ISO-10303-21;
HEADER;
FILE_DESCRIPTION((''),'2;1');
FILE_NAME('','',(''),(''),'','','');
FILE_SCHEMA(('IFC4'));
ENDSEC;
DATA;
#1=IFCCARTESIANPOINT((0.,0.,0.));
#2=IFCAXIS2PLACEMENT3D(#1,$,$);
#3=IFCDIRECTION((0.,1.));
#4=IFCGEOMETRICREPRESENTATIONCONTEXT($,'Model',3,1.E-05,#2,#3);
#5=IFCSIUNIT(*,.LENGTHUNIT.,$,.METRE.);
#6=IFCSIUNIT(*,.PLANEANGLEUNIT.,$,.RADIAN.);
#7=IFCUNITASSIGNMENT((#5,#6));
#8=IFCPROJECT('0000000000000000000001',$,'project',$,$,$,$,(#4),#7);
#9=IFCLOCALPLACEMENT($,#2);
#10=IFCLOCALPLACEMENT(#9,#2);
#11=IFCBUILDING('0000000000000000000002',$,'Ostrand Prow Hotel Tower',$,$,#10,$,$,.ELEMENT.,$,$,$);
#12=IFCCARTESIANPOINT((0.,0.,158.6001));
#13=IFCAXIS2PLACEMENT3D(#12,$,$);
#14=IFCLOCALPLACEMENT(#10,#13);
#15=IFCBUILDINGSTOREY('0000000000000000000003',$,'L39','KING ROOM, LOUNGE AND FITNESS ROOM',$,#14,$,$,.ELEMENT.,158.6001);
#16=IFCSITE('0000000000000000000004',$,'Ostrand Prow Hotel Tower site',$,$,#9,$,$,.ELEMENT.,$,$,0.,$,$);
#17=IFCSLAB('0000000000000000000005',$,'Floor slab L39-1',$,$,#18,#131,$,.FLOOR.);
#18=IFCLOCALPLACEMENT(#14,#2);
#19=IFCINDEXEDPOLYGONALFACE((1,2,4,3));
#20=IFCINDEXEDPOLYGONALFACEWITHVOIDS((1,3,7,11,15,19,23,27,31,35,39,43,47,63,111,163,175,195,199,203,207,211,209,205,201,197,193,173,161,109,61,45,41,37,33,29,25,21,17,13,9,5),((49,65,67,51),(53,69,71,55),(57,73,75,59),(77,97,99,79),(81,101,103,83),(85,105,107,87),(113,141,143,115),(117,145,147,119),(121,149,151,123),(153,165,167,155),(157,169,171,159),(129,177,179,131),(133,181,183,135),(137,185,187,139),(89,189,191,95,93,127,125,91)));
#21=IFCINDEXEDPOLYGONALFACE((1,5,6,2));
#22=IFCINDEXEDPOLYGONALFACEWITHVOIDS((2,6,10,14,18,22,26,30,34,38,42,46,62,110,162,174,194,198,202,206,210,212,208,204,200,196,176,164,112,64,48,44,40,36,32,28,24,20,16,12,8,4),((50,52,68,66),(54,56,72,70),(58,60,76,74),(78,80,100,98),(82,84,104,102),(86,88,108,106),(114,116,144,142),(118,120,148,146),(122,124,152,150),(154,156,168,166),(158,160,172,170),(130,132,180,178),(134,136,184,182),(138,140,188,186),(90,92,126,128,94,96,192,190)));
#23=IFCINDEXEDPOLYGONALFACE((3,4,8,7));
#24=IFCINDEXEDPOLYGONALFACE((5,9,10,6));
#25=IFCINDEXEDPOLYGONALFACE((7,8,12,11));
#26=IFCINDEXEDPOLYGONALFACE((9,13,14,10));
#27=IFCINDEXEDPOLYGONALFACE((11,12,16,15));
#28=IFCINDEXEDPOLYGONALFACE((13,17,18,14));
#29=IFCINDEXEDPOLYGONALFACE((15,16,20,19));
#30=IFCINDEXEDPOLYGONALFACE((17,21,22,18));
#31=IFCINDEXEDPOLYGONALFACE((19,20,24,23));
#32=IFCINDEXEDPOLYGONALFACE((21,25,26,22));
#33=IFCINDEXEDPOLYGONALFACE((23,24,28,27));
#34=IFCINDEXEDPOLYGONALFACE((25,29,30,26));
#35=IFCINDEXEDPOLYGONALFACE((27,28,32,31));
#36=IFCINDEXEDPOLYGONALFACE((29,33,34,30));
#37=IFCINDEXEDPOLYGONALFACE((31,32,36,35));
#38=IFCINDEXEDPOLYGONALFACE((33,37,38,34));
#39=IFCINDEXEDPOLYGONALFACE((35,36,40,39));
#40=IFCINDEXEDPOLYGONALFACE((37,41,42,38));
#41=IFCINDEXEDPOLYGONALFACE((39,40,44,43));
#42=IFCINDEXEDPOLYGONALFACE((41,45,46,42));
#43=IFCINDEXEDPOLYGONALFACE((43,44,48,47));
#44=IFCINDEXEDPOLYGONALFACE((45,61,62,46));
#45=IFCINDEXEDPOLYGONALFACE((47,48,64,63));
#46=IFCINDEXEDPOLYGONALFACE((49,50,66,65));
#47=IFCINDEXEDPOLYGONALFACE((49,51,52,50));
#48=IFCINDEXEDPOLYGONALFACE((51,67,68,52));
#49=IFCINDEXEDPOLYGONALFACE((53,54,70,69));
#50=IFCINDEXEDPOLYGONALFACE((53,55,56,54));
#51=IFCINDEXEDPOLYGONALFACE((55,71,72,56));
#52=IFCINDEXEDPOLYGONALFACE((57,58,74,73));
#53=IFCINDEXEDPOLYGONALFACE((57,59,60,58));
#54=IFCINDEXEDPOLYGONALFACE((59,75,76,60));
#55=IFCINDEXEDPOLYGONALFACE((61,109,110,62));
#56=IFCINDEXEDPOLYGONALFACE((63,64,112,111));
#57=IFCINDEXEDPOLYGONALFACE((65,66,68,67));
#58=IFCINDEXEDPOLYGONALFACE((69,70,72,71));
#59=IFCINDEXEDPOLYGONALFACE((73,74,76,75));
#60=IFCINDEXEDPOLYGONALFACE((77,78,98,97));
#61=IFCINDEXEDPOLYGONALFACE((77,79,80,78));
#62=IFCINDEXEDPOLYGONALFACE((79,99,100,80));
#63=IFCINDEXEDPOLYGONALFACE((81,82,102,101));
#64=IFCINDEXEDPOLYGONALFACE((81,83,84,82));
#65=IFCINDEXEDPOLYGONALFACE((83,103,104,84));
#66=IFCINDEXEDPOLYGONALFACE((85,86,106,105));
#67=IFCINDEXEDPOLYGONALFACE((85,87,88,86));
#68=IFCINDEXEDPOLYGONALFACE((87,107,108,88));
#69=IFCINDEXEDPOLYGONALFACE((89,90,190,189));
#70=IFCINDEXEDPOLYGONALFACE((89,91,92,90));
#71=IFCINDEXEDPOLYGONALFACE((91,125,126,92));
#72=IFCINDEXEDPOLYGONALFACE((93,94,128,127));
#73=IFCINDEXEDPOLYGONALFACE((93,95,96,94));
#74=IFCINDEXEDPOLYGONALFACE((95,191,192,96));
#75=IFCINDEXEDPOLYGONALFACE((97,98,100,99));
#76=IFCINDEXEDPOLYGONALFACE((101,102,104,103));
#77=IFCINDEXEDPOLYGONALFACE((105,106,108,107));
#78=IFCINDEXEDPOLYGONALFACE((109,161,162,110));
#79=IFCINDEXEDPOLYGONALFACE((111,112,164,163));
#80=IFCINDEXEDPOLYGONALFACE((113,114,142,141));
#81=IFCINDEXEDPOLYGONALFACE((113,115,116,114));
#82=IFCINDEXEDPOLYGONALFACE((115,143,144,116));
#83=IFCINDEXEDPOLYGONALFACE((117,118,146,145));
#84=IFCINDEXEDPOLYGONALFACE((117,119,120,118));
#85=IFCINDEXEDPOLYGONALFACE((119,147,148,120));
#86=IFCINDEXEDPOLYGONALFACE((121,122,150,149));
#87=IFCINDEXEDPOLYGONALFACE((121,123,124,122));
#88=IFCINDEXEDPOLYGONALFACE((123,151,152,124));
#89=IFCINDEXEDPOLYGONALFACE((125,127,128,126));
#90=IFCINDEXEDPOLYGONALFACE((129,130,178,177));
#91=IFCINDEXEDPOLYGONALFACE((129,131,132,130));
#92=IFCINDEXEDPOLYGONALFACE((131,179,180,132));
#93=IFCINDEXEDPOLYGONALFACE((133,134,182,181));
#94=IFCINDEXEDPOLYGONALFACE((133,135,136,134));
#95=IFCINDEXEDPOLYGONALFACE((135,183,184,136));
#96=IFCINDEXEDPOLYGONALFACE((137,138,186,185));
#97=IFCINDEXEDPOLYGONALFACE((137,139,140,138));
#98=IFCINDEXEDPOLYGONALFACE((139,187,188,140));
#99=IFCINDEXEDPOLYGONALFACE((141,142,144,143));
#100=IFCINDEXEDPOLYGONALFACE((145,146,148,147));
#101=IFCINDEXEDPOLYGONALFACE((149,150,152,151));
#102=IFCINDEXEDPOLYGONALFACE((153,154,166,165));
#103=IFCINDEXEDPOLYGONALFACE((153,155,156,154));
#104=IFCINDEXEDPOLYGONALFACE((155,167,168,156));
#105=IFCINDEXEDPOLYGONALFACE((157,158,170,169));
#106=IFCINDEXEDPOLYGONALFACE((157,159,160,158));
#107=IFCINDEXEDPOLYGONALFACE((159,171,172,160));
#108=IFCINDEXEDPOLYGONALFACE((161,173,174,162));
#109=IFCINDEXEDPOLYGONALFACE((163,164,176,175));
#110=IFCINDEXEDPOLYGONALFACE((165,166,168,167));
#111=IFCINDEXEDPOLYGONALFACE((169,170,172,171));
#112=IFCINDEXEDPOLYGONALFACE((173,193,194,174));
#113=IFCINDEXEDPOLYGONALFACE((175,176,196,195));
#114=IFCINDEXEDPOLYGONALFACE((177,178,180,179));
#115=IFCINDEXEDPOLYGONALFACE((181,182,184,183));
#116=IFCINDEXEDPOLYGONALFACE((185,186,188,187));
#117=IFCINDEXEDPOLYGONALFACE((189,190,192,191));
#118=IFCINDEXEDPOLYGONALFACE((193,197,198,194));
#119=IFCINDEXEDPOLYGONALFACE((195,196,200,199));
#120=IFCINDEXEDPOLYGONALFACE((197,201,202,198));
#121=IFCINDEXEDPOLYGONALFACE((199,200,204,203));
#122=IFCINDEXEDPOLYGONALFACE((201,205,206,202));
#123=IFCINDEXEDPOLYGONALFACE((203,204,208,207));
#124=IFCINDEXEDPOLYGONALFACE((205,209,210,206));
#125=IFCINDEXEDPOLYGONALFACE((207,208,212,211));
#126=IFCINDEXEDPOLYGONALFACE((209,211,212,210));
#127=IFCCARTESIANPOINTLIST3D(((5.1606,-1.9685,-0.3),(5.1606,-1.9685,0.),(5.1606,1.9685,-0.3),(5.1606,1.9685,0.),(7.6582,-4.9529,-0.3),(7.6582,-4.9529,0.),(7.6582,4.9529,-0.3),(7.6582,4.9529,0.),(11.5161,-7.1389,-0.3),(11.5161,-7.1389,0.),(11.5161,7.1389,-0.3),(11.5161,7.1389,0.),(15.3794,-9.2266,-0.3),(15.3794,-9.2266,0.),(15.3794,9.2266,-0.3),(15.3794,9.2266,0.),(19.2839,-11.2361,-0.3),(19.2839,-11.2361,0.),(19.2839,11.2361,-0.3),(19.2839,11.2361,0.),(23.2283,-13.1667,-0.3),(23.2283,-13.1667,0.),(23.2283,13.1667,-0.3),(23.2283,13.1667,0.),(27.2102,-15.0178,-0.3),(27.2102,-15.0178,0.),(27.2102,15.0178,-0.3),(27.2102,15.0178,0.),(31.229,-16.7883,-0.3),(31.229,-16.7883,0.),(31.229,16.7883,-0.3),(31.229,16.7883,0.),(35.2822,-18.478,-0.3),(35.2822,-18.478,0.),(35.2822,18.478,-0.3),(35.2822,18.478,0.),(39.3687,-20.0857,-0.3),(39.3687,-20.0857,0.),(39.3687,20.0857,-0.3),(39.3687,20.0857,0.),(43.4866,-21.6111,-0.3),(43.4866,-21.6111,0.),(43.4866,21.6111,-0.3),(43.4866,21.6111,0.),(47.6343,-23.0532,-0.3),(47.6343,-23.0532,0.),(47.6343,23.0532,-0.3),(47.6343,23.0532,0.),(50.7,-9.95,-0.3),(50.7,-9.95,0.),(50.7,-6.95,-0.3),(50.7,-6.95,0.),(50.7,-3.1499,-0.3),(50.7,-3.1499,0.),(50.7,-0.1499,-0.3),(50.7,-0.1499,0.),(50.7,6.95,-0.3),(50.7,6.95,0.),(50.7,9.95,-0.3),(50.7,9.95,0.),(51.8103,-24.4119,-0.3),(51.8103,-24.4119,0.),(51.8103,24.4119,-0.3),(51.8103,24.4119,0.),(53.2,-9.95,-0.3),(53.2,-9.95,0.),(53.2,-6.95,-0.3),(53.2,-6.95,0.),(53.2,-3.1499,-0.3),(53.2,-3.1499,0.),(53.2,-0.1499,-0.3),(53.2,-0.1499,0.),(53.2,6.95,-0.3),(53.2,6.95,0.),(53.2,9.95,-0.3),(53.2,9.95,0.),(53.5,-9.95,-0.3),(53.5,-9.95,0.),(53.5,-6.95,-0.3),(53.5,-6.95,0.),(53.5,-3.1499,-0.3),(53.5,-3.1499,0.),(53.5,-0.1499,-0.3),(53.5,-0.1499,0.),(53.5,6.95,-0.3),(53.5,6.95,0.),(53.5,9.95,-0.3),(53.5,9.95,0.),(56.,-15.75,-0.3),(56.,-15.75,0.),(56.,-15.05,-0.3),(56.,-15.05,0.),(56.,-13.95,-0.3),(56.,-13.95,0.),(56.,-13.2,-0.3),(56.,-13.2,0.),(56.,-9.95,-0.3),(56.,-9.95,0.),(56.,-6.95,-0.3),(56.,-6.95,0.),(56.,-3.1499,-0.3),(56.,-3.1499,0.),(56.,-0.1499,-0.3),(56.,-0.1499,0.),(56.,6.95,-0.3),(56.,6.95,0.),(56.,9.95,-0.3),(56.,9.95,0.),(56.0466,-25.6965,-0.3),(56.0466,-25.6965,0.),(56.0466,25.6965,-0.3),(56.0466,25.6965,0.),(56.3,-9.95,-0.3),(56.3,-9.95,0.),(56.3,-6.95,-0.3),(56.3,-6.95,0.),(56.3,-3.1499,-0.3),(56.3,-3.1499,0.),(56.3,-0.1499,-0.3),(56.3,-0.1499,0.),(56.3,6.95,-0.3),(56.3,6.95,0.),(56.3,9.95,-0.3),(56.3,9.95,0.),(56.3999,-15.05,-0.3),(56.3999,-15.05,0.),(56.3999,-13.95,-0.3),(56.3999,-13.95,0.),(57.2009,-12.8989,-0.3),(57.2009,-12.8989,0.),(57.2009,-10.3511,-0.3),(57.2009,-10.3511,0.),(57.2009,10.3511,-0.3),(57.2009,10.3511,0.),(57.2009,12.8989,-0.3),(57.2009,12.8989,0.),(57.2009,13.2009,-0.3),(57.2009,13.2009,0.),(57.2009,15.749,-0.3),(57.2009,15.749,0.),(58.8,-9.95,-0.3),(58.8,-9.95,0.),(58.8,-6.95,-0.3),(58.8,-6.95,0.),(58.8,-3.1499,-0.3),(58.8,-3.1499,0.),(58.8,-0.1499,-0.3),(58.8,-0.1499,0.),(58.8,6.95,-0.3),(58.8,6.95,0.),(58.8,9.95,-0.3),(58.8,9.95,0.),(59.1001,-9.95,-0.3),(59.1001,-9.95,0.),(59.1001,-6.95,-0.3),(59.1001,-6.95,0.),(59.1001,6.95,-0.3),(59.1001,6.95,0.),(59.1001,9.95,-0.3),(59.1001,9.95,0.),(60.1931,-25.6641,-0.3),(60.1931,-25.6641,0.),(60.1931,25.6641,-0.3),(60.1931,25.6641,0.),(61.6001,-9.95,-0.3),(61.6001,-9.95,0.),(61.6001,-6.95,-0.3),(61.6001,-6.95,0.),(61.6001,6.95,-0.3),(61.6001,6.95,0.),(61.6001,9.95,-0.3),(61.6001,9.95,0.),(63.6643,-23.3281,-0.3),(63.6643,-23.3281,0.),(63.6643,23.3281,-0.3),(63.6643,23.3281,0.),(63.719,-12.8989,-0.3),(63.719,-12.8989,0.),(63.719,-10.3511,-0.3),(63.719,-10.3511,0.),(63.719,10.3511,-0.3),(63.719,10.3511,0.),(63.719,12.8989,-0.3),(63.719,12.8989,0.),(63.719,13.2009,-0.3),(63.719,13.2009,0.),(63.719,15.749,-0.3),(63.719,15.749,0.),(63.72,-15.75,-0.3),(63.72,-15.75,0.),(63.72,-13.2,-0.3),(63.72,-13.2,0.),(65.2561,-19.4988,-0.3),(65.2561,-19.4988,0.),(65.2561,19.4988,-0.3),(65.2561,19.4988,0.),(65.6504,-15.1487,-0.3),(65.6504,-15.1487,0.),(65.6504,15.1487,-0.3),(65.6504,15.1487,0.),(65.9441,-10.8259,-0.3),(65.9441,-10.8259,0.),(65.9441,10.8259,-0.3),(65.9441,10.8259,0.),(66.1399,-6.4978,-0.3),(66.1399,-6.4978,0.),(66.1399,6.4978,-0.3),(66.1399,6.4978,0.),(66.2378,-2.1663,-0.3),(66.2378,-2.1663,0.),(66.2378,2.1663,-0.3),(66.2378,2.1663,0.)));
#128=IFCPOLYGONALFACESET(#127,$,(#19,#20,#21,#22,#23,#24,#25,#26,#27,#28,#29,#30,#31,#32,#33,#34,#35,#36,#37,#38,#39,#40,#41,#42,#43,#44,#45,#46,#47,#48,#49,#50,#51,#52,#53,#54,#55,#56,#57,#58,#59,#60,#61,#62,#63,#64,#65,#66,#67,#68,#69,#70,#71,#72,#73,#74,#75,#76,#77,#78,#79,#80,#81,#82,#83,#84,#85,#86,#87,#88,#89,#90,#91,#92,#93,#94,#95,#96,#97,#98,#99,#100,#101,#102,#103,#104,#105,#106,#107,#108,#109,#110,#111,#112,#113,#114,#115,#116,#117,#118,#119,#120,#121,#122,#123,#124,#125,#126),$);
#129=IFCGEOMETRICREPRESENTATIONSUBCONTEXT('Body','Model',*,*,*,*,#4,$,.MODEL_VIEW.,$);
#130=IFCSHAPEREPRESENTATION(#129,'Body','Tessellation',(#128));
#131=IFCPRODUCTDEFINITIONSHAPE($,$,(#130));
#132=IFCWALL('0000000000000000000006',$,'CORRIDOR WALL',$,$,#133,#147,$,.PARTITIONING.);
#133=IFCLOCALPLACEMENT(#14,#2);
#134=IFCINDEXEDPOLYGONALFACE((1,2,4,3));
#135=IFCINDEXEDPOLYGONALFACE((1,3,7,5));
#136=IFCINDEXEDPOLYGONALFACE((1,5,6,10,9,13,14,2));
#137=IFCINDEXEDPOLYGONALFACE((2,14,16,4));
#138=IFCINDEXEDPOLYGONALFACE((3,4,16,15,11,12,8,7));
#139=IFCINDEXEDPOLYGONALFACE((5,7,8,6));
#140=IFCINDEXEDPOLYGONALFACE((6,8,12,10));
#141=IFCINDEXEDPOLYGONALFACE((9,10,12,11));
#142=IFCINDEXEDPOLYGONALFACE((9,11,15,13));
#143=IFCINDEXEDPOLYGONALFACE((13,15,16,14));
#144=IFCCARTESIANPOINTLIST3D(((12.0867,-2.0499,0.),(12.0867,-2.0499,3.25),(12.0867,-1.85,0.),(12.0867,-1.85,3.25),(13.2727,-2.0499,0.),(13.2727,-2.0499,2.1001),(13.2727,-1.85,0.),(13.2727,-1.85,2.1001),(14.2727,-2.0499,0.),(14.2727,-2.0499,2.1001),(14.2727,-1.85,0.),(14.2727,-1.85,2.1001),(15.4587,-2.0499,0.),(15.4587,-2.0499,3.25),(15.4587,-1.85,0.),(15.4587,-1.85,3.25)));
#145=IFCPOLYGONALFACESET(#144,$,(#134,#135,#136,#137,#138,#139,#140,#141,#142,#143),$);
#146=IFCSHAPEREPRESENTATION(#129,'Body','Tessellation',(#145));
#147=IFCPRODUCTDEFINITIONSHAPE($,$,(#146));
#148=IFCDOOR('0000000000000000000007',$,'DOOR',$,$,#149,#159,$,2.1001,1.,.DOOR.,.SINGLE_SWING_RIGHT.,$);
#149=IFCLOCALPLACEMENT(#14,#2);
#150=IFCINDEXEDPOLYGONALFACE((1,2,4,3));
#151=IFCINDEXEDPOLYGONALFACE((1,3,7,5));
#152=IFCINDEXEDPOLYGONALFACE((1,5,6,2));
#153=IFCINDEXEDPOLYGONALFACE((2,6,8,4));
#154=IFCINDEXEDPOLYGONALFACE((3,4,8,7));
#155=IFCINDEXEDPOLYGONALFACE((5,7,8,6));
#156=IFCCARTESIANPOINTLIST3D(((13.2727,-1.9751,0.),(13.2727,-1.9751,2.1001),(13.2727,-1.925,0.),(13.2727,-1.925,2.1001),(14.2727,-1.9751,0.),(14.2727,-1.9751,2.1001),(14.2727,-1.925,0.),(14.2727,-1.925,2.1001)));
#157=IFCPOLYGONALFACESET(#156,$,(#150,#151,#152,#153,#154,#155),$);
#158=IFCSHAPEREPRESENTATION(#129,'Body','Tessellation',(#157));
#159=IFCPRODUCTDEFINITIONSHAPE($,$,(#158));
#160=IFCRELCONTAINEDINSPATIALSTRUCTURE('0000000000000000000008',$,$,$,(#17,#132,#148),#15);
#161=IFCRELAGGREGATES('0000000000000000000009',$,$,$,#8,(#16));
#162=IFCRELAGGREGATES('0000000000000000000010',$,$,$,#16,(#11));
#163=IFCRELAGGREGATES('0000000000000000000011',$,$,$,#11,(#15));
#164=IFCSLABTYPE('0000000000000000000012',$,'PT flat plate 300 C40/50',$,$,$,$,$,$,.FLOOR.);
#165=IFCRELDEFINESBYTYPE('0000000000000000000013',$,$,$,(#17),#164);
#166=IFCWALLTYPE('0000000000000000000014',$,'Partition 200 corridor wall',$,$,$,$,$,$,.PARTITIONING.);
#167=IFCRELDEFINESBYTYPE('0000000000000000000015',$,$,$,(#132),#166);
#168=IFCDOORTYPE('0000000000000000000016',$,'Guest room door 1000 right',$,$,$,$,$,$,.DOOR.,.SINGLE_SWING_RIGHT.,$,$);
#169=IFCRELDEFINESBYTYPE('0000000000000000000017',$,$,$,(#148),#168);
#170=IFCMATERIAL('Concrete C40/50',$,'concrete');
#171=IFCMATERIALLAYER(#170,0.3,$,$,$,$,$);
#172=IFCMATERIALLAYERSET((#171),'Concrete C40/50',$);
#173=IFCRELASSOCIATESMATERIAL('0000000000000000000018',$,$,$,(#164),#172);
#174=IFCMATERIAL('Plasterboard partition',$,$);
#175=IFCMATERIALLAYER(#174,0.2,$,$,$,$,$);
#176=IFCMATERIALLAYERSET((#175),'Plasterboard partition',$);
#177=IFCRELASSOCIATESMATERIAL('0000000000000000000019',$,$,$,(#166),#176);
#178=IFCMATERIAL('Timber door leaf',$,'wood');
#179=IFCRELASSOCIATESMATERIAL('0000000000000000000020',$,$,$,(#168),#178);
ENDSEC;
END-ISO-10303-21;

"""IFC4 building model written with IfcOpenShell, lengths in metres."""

from ifc_helpers import new_model, si_unit, direction, frame, frame_2d, origin, place, context, subcontext, project, spatial, polyline, rectangle, outline, extrude, material, layer, layer_set, type_object, element, fill, save


model = new_model("IFC4")

# Units and contexts
model_context = context("Model", 3, precision=1e-05, world=origin(), true_north=direction((0.0, 1.0)))
body_context = subcontext(model_context, "Body", "Model", "MODEL_VIEW")
ifc_project = project(units=[si_unit("LENGTHUNIT", "METRE"), si_unit("PLANEANGLEUNIT", "RADIAN")], contexts=[model_context])

# Site, building, storey
site_placement = place(None, origin())
site = spatial("IfcSite", under=ifc_project, at=site_placement, Name="Ostrand Prow Hotel Tower site", CompositionType="ELEMENT", RefElevation=0.0)
building_placement = place(site_placement, origin())
building = spatial("IfcBuilding", under=site, at=building_placement, Name="Ostrand Prow Hotel Tower", CompositionType="ELEMENT")
storey_placement = place(building_placement, frame((0.0, 0.0, 158.6001)))
storey = spatial("IfcBuildingStorey", under=building, at=storey_placement, Name="L39", Description="KING ROOM, LOUNGE AND FITNESS ROOM", CompositionType="ELEMENT", Elevation=158.6001)

# Slab, opening
ifc_material_1 = material(Name="Concrete C40/50", Category="concrete")
ifc_layer_1 = layer(ifc_material_1, 0.3)
ifc_layer_set_1 = layer_set([ifc_layer_1], Name="Concrete C40/50")
slab_type = type_object("IfcSlabType", Name="PT flat plate 300 C40/50", PredefinedType="FLOOR", material=ifc_layer_set_1)
slab_placement = place(storey_placement, frame((0.0, 0.0, -0.3)))
slab = element("IfcSlab", 1, at=slab_placement, inside=storey, type_object=slab_type, Name="Floor slab L39-1", PredefinedType="FLOOR", context=body_context, shape_type="SweptSolid", body=[
    extrude(outline(polyline([(7.6582, 4.9529), (11.5161, 7.1389), (15.3794, 9.2266), (19.2839, 11.2361), (23.2283, 13.1667), (27.2102, 15.0178), (31.229, 16.7883), (35.2822, 18.478), (39.3687, 20.0857), (43.4866, 21.6111), (47.6343, 23.0532), (51.8103, 24.4119), (56.0466, 25.6965), (60.1931, 25.6641), (63.6643, 23.3281), (65.2561, 19.4988), (65.6504, 15.1487), (65.9441, 10.8259), (66.1399, 6.4978), (66.2378, 2.1663), (66.2378, -2.1663), (66.1399, -6.4978), (65.9441, -10.8259), (65.6504, -15.1487), (65.2561, -19.4988), (63.6643, -23.3281), (60.1931, -25.6641), (56.0466, -25.6965), (51.8103, -24.4119), (47.6343, -23.0532), (43.4866, -21.6111), (39.3687, -20.0857), (35.2822, -18.478), (31.229, -16.7883), (27.2102, -15.0178), (23.2283, -13.1667), (19.2839, -11.2361), (15.3794, -9.2266), (11.5161, -7.1389), (7.6582, -4.9529), (5.1606, -1.9685), (5.1606, 1.9685), (7.6582, 4.9529)]), holes=[polyline([(50.7, 6.95), (53.2, 6.95), (53.2, 9.95), (50.7, 9.95), (50.7, 6.95)]), polyline([(53.5, 6.95), (56.0, 6.95), (56.0, 9.95), (53.5, 9.95), (53.5, 6.95)]), polyline([(56.3, 6.95), (58.8, 6.95), (58.8, 9.95), (56.3, 9.95), (56.3, 6.95)]), polyline([(59.1001, 6.95), (61.6001, 6.95), (61.6001, 9.95), (59.1001, 9.95), (59.1001, 6.95)]), polyline([(50.7, -3.1499), (53.2, -3.1499), (53.2, -0.1499), (50.7, -0.1499), (50.7, -3.1499)]), polyline([(53.5, -3.1499), (56.0, -3.1499), (56.0, -0.1499), (53.5, -0.1499), (53.5, -3.1499)]), polyline([(56.3, -3.1499), (58.8, -3.1499), (58.8, -0.1499), (56.3, -0.1499), (56.3, -3.1499)]), polyline([(50.7, -9.95), (53.2, -9.95), (53.2, -6.95), (50.7, -6.95), (50.7, -9.95)]), polyline([(53.5, -9.95), (56.0, -9.95), (56.0, -6.95), (53.5, -6.95), (53.5, -9.95)]), polyline([(56.3, -9.95), (58.8, -9.95), (58.8, -6.95), (56.3, -6.95), (56.3, -9.95)]), polyline([(59.1001, -9.95), (61.6001, -9.95), (61.6001, -6.95), (59.1001, -6.95), (59.1001, -9.95)]), polyline([(57.2009, 10.3511), (57.2009, 12.8989), (63.719, 12.8989), (63.719, 10.3511), (57.2009, 10.3511)]), polyline([(57.2009, 13.2009), (57.2009, 15.749), (63.719, 15.749), (63.719, 13.2009), (57.2009, 13.2009)]), polyline([(57.2009, -12.8989), (57.2009, -10.3511), (63.719, -10.3511), (63.719, -12.8989), (57.2009, -12.8989)]), polyline([(56.0, -13.2), (63.72, -13.2), (63.72, -15.75), (56.0, -15.75), (56.0, -15.05), (56.3999, -15.05), (56.3999, -13.95), (56.0, -13.95), (56.0, -13.2)])]), origin(), (0.0, 0.0, 1.0), 0.3),
])
opening_1_placement = place(slab_placement, origin())
element("IfcOpeningElement", 2, at=opening_1_placement, cuts=slab, PredefinedType="OPENING", context=body_context, shape_type="SweptSolid", body=[
    extrude(outline(polyline([(56.0, -13.2), (63.72, -13.2), (63.72, -15.75), (56.0, -15.75), (56.0, -15.05), (56.3999, -15.05), (56.3999, -13.95), (56.0, -13.95), (56.0, -13.2)])), origin(), (0.0, 0.0, 1.0), 0.3),
])

# Wall, opening, door
ifc_material_2 = material(Name="Plasterboard partition")
ifc_layer_2 = layer(ifc_material_2, 0.2)
ifc_layer_set_2 = layer_set([ifc_layer_2], Name="Plasterboard partition")
wall_type_1 = type_object("IfcWallType", Name="Partition 200 corridor wall", PredefinedType="PARTITIONING", material=ifc_layer_set_2)
wall_1_placement = place(storey_placement, frame((12.0867, -1.95, 0.0), z_axis=(0.0, 0.0, 1.0), x_axis=(1.0, 0.0, 0.0)))
wall_1 = element("IfcWall", 3, at=wall_1_placement, inside=storey, type_object=wall_type_1, Name="CORRIDOR WALL", PredefinedType="PARTITIONING", context=body_context, shape_type="SweptSolid", body=[
    extrude(rectangle(XDim=3.3721, YDim=0.2, at=frame_2d((1.686, 0.0))), origin(), (0.0, 0.0, 1.0), 3.25),
])
opening_2_placement = place(wall_1_placement, frame((1.186, 0.0, 0.0)))
opening_2 = element("IfcOpeningElement", 4, at=opening_2_placement, cuts=wall_1, PredefinedType="OPENING", context=body_context, shape_type="SweptSolid", body=[
    extrude(rectangle(XDim=1.0, YDim=2.1001, at=frame_2d((0.5, 1.05))), frame((0.0, 0.1099, 0.0), z_axis=(0.0, -1.0, 0.0), x_axis=(1.0, 0.0, 0.0)), (0.0, 0.0, 1.0), 0.22),
])
ifc_material_3 = material(Name="Timber door leaf", Category="wood")
door_type_1 = type_object("IfcDoorType", Name="Guest room door 1000 right", OperationType="SINGLE_SWING_RIGHT", PredefinedType="DOOR", material=ifc_material_3)
door_1_placement = place(opening_2_placement, origin())
door_1 = element("IfcDoor", 5, at=door_1_placement, inside=storey, type_object=door_type_1, Name="DOOR", OperationType="SINGLE_SWING_RIGHT", OverallHeight=2.1001, OverallWidth=1.0, PredefinedType="DOOR", context=body_context, shape_type="SweptSolid", body=[
    extrude(rectangle(XDim=1.0, YDim=2.1001, at=frame_2d((0.5, 1.05))), frame((0.0, 0.0249, 0.0), z_axis=(0.0, -1.0, 0.0), x_axis=(1.0, 0.0, 0.0)), (0.0, 0.0, 1.0), 0.05),
])
fill(opening_2, door_1)

save(model, "model.ifc")
